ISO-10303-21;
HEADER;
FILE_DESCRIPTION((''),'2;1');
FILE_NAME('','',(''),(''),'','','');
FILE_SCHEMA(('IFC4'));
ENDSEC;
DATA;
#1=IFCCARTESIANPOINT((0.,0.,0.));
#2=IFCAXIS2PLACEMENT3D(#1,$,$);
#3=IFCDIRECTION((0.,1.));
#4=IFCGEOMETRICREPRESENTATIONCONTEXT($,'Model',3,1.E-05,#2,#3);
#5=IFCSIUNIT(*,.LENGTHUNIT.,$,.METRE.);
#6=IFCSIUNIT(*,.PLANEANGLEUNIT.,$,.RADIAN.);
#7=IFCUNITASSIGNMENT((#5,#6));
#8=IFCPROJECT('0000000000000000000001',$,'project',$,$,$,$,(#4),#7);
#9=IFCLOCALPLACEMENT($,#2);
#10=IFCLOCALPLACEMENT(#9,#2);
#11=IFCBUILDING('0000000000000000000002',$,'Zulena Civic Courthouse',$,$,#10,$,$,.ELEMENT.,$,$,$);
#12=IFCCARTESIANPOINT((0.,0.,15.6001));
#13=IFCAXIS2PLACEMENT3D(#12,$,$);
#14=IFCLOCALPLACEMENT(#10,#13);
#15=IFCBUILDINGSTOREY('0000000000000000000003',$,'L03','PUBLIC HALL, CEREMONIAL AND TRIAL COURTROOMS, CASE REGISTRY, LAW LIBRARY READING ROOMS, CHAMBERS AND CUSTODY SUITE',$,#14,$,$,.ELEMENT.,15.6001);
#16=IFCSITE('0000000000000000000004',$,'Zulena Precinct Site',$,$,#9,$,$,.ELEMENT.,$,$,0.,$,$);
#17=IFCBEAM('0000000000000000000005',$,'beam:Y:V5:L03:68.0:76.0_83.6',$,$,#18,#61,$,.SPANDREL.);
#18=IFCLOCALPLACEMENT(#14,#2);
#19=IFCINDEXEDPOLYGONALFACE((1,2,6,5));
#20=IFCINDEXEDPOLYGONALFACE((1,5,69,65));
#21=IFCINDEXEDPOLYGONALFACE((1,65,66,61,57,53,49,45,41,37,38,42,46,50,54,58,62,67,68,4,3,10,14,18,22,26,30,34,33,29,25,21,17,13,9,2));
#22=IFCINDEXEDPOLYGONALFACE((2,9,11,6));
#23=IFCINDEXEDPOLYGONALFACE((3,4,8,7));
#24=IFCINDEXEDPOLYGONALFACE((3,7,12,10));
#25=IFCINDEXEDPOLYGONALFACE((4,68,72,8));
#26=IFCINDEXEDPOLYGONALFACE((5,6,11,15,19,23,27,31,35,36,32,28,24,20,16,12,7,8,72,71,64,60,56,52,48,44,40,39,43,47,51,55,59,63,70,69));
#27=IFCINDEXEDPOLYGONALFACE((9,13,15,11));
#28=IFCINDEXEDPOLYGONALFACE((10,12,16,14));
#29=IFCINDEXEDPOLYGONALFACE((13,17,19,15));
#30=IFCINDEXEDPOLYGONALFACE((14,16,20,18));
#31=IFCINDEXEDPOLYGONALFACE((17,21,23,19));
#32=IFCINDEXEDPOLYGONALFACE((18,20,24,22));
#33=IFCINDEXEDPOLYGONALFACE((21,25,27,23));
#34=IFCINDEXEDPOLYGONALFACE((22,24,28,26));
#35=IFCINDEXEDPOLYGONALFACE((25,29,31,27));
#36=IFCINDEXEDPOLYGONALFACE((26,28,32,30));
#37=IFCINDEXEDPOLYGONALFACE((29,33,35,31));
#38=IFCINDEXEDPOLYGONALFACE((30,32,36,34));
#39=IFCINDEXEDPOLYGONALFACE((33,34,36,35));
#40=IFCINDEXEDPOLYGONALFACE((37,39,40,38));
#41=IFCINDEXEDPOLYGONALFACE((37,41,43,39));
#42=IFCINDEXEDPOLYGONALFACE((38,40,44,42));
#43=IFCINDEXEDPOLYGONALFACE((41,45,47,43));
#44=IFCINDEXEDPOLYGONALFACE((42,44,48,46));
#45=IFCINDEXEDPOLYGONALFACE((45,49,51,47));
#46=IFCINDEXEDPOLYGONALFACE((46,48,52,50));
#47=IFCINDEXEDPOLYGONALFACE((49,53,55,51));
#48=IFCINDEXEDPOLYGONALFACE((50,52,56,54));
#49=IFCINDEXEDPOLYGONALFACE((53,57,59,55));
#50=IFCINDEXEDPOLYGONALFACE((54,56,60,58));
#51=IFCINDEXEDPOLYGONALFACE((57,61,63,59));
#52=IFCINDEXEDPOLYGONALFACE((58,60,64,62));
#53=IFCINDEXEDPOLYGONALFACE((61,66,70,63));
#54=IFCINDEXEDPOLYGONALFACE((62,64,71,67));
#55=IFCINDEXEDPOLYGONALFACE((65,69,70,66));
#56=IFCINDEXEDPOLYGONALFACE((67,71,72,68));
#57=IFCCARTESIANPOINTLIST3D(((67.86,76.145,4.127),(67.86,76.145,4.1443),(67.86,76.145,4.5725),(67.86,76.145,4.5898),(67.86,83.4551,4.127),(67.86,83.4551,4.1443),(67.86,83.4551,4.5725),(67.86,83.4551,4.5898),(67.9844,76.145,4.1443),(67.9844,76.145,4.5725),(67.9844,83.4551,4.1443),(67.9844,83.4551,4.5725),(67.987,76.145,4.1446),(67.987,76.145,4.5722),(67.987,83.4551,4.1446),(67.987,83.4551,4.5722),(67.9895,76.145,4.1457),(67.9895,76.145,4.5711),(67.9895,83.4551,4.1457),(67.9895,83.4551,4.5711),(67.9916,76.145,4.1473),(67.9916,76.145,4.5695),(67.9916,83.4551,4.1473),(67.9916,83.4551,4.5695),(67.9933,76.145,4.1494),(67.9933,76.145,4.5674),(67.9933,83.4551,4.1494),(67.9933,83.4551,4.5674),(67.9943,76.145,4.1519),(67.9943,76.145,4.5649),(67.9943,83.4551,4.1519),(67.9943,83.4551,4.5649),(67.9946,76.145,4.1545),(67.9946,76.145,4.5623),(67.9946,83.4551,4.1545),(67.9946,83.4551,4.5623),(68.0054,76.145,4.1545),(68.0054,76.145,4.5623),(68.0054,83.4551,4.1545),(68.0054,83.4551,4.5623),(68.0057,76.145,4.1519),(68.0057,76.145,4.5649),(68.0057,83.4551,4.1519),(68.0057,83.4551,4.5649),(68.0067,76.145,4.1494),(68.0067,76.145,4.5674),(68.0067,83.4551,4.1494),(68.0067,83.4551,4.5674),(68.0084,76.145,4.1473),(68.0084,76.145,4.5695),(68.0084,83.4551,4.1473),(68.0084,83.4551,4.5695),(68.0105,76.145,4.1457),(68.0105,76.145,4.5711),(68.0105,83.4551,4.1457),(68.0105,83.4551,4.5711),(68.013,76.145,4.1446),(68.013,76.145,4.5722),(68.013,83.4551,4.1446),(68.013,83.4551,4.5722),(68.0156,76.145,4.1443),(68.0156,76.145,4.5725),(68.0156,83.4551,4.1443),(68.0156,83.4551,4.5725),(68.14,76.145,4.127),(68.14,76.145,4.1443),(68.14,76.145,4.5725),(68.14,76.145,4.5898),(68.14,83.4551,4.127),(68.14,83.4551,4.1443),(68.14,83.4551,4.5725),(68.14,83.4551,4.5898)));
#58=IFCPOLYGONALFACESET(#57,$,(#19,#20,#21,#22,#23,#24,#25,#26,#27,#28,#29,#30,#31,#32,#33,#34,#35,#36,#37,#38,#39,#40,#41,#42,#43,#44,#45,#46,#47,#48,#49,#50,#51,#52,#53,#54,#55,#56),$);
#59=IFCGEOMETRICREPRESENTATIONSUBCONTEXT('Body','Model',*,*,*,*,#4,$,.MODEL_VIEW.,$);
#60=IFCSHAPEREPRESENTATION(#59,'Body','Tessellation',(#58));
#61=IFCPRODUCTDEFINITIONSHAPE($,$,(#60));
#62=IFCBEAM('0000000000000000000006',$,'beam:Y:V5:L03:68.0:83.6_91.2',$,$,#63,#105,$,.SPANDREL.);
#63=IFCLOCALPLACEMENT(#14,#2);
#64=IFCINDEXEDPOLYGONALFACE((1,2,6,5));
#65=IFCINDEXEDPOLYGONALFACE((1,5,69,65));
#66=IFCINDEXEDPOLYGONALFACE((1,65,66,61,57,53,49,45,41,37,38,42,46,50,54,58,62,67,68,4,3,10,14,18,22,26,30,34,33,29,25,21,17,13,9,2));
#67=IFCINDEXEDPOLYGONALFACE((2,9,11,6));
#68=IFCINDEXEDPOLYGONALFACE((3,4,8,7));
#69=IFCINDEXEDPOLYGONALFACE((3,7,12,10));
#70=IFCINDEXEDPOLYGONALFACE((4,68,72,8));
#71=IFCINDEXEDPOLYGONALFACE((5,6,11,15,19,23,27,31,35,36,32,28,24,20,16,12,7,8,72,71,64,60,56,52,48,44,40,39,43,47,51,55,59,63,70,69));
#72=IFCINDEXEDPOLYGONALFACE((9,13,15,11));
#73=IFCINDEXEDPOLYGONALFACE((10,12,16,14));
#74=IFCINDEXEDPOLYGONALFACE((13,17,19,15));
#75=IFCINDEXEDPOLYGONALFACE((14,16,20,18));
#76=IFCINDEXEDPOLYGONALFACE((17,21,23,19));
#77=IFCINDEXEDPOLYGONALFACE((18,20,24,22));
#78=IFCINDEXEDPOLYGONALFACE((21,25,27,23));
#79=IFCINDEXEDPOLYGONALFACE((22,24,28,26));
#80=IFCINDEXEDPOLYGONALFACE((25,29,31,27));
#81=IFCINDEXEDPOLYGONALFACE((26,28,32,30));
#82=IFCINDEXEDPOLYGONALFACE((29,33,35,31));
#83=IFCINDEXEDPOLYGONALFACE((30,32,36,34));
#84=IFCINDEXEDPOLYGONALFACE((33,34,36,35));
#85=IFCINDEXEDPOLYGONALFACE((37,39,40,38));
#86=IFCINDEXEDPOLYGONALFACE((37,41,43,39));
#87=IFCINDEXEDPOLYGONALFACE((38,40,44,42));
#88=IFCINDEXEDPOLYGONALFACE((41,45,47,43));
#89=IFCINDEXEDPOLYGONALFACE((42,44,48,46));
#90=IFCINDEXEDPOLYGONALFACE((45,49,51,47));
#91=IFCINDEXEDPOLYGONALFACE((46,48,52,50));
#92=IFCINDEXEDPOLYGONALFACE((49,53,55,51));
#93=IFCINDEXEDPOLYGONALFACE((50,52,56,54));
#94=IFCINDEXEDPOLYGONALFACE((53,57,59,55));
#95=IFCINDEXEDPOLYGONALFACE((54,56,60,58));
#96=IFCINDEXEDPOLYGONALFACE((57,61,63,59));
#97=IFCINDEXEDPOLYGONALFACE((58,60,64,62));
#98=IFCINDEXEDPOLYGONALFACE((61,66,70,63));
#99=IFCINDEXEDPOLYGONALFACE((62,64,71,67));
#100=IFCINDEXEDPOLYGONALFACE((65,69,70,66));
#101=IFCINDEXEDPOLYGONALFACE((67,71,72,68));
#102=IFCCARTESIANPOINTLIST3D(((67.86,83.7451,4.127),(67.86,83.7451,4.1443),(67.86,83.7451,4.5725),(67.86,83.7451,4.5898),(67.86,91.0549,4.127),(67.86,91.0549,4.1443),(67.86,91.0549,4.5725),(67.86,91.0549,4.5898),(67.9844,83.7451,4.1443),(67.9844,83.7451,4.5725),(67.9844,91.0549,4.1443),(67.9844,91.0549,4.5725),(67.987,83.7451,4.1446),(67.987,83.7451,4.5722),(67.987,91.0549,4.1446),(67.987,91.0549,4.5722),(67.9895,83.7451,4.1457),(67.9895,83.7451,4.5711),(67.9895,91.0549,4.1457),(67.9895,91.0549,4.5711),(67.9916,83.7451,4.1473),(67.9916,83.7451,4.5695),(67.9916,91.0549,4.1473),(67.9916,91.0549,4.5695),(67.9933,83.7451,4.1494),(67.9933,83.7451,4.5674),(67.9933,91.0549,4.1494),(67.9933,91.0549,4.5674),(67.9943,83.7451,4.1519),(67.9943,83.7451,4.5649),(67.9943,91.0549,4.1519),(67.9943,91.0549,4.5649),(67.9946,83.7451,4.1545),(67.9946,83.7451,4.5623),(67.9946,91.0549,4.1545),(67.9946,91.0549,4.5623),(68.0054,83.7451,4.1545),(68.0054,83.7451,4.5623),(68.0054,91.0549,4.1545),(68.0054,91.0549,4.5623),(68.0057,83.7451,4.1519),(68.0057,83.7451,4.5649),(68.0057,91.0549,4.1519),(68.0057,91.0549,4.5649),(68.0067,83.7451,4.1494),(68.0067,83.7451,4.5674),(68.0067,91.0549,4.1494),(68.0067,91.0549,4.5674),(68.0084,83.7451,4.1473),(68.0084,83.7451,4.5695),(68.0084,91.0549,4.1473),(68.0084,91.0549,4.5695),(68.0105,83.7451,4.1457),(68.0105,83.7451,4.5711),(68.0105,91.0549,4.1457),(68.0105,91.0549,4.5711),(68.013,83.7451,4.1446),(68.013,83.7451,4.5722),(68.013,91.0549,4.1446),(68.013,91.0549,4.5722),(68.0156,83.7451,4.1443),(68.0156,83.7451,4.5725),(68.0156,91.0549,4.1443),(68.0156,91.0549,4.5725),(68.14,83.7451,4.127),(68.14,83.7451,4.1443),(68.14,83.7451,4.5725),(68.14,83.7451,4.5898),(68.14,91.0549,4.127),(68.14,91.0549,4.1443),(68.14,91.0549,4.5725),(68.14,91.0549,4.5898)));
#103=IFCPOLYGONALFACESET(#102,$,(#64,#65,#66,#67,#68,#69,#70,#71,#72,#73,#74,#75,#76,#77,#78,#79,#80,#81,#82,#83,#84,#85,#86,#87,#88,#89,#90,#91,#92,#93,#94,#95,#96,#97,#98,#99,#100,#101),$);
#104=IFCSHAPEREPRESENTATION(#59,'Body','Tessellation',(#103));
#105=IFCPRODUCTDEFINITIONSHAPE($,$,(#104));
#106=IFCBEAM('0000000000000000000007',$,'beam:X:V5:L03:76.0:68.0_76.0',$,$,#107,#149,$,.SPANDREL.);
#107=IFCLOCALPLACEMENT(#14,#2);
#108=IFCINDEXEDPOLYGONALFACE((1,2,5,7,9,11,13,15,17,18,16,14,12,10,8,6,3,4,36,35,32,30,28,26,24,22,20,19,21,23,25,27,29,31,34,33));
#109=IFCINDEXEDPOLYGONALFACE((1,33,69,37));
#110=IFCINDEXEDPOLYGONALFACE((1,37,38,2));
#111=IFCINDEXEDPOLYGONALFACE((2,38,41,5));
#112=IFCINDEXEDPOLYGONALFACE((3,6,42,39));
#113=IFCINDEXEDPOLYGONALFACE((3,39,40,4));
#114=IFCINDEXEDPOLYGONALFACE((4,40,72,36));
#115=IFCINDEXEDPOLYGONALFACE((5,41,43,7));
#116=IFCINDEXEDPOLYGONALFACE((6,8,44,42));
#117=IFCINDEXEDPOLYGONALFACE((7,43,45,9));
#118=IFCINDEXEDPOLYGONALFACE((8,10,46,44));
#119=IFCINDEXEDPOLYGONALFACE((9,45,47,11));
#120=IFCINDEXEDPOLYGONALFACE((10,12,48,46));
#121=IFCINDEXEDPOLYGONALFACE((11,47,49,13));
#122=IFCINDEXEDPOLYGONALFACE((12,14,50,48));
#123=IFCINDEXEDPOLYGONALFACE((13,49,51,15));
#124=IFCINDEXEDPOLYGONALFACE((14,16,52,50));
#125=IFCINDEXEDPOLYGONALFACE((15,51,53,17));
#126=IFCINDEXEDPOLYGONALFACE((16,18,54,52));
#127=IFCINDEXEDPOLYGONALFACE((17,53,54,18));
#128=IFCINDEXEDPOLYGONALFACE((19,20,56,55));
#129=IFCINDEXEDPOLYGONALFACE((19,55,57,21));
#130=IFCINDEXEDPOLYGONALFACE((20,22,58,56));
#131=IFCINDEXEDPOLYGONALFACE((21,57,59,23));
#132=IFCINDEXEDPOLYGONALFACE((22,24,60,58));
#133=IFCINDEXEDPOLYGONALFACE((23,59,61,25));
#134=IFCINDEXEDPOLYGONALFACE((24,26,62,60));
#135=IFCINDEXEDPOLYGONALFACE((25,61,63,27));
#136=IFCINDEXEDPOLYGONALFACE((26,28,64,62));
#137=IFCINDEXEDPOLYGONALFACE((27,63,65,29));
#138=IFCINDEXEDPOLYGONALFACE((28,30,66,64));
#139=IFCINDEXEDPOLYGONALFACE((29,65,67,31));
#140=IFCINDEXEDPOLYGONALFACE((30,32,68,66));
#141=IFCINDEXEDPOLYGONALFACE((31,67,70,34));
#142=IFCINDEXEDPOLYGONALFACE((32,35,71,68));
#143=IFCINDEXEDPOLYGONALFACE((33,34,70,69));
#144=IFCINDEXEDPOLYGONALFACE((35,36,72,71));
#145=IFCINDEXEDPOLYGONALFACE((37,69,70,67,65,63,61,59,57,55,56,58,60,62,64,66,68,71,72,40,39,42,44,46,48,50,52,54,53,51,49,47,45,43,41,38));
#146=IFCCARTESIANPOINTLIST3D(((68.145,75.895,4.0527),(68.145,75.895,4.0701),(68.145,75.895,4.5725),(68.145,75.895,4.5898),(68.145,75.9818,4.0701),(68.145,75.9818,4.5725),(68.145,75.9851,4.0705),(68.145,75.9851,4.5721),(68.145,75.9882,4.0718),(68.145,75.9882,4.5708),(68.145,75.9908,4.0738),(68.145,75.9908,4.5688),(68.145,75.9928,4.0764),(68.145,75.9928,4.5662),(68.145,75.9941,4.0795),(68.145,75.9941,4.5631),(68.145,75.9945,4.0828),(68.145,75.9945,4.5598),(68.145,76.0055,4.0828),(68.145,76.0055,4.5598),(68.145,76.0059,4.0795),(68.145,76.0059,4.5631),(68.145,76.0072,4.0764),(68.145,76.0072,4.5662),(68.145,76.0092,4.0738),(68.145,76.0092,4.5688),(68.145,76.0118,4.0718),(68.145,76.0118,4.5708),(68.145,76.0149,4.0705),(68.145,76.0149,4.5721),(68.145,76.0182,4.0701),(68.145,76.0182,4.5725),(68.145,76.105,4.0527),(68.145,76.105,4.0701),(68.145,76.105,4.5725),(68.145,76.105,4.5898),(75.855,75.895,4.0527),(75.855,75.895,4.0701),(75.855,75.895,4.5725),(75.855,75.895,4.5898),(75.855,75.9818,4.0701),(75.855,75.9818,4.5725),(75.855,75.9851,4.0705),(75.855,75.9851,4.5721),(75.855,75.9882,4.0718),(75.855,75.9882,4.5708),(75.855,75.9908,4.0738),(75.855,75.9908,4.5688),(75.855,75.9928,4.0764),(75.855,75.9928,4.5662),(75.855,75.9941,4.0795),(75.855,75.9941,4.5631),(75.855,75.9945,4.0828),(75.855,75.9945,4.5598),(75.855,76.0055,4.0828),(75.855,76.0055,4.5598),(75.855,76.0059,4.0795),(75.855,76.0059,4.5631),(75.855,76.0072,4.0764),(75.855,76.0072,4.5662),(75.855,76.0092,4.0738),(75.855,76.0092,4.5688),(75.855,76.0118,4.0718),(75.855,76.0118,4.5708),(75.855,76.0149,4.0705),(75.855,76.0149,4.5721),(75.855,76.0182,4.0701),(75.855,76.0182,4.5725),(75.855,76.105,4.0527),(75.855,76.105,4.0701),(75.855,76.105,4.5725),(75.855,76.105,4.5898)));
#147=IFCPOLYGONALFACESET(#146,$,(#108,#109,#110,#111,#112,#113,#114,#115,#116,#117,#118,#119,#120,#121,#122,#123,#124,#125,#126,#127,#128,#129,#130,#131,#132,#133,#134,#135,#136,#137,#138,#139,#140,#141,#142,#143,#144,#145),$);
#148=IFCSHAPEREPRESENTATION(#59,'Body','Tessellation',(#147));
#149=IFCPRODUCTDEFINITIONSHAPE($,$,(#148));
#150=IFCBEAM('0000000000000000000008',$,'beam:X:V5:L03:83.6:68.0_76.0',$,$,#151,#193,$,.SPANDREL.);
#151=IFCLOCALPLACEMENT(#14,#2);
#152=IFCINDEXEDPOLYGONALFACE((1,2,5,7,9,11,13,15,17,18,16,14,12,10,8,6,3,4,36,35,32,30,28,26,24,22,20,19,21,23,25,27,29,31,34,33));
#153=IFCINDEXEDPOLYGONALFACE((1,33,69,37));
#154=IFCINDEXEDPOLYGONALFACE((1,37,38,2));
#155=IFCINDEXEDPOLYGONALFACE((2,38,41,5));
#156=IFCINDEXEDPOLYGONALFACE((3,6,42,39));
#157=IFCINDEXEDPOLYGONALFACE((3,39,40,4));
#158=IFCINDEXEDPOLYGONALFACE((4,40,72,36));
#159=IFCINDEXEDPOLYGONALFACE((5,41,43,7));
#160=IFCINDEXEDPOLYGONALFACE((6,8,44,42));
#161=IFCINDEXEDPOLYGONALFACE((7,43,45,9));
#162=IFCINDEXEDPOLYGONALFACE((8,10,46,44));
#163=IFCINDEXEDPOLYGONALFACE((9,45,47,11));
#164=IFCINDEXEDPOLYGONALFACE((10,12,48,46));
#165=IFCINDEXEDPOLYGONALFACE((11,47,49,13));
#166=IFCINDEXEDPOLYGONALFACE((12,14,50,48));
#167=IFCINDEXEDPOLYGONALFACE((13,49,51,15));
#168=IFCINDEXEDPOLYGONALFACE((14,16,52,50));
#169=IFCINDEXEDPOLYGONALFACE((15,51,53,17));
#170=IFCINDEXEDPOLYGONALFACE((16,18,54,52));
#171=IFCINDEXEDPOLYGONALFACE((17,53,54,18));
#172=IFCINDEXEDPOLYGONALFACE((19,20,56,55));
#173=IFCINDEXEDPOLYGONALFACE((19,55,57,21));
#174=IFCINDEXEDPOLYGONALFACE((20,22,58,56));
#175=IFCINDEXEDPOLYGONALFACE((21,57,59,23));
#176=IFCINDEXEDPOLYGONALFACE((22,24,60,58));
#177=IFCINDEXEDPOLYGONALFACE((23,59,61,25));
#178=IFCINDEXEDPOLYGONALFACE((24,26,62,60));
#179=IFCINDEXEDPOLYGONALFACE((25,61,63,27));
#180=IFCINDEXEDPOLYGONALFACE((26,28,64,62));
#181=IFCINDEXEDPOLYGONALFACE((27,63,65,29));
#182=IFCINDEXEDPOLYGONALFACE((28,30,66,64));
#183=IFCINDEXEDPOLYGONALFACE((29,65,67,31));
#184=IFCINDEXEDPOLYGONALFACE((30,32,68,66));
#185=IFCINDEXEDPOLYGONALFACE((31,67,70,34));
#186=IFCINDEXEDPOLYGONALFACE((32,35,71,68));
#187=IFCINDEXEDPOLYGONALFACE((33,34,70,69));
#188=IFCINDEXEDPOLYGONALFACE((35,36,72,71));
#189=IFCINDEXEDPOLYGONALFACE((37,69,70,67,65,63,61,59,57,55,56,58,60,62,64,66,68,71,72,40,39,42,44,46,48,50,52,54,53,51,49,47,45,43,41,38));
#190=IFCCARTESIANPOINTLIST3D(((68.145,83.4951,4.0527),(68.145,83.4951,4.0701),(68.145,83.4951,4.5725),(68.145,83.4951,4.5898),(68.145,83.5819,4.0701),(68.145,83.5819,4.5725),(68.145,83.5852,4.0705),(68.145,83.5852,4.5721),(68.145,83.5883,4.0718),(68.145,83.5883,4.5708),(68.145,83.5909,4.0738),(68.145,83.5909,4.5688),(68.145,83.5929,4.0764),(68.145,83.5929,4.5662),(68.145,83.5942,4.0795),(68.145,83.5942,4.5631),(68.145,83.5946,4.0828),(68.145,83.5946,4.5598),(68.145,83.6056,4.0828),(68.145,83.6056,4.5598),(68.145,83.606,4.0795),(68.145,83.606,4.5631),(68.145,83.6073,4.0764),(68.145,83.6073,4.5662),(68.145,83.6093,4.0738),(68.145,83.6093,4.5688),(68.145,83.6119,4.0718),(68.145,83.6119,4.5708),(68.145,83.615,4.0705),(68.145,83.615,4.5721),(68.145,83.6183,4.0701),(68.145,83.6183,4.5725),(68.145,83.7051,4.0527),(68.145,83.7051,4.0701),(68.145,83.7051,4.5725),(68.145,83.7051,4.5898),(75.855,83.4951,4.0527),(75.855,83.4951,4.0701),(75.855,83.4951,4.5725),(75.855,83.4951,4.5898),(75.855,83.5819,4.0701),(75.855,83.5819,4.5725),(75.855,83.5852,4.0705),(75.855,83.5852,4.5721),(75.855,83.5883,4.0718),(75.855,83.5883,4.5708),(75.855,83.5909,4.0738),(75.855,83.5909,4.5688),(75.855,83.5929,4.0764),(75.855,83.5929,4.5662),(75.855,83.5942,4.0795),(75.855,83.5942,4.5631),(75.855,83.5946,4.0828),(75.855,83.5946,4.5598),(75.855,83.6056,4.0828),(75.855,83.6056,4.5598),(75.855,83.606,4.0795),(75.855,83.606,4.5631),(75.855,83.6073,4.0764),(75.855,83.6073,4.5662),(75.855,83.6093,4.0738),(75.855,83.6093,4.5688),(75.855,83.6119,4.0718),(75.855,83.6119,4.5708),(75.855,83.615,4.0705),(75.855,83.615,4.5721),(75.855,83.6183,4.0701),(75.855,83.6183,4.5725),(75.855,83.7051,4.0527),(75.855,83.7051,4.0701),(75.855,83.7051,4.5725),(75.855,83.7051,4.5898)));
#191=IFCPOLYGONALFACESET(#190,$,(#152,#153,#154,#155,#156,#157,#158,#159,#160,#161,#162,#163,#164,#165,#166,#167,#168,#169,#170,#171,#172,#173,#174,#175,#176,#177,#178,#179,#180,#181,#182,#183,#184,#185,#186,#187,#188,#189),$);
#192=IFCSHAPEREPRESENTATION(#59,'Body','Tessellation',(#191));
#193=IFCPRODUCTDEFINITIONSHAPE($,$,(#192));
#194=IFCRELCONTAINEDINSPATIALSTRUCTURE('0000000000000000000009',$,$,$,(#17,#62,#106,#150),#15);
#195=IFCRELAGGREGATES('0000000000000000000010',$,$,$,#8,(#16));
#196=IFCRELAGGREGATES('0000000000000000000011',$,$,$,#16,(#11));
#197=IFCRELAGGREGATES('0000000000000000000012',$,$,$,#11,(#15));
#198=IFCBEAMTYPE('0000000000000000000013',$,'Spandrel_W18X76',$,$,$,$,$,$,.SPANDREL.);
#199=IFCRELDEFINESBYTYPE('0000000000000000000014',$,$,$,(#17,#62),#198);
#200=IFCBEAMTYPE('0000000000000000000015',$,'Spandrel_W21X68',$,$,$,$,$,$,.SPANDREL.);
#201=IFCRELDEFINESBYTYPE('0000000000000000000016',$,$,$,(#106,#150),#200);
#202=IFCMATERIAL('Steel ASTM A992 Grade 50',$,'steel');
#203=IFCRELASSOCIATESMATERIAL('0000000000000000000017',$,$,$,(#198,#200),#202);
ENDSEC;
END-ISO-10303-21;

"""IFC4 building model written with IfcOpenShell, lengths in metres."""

from ifc_helpers import new_model, si_unit, direction, frame, origin, origin_2d, place, context, subcontext, project, spatial, i_section, extrude, material, material_profile, profile_set, type_object, element, save


model = new_model("IFC4")

# Units and contexts
model_context = context("Model", 3, precision=1e-05, world=origin(), true_north=direction((0.0, 1.0)))
body_context = subcontext(model_context, "Body", "Model", "MODEL_VIEW")
ifc_project = project(units=[si_unit("LENGTHUNIT", "METRE"), si_unit("PLANEANGLEUNIT", "RADIAN")], contexts=[model_context])

# Site, building, storey
site_placement = place(None, origin())
site = spatial("IfcSite", under=ifc_project, at=site_placement, Name="Zulena Precinct Site", CompositionType="ELEMENT", RefElevation=0.0)
building_placement = place(site_placement, origin())
building = spatial("IfcBuilding", under=site, at=building_placement, Name="Zulena Civic Courthouse", CompositionType="ELEMENT")
storey_placement = place(building_placement, frame((0.0, 0.0, 15.6001)))
storey = spatial("IfcBuildingStorey", under=building, at=storey_placement, Name="L03", Description="PUBLIC HALL, CEREMONIAL AND TRIAL COURTROOMS, CASE REGISTRY, LAW LIBRARY READING ROOMS, CHAMBERS AND CUSTODY SUITE", CompositionType="ELEMENT", Elevation=15.6001)

# Shared definitions
ifc_material_1 = material(Name="Steel ASTM A992 Grade 50", Category="steel")

# Beams
ifc_material_profile_1 = material_profile(ifc_material_1, i_section(OverallWidth=0.28, OverallDepth=0.4629, WebThickness=0.0107, FlangeThickness=0.0173, FilletRadius=0.0103, at=origin_2d()), Name="W18X76")
ifc_profile_set_1 = profile_set([ifc_material_profile_1], Name="Steel ASTM A992 Grade 50")
beam_type_1 = type_object("IfcBeamType", Name="Spandrel_W18X76", PredefinedType="SPANDREL", material=ifc_profile_set_1)
beam_1_placement = place(storey_placement, frame((68.0, 76.145, 4.3584), z_axis=(0.0, 1.0, 0.0), x_axis=(-1.0, 0.0, 0.0)))
element("IfcBeam", 1, at=beam_1_placement, inside=storey, type_object=beam_type_1, Name="beam:Y:V5:L03:68.0:76.0_83.6", PredefinedType="SPANDREL", context=body_context, shape_type="SweptSolid", body=[
    extrude(i_section(OverallWidth=0.28, OverallDepth=0.4629, WebThickness=0.0107, FlangeThickness=0.0173, FilletRadius=0.0103, at=origin_2d()), origin(), (0.0, 0.0, 1.0), 7.3101),
])
beam_2_placement = place(storey_placement, frame((68.0, 83.7451, 4.3584), z_axis=(0.0, 1.0, 0.0), x_axis=(-1.0, 0.0, 0.0)))
element("IfcBeam", 2, at=beam_2_placement, inside=storey, type_object=beam_type_1, Name="beam:Y:V5:L03:68.0:83.6_91.2", PredefinedType="SPANDREL", context=body_context, shape_type="SweptSolid", body=[
    extrude(i_section(OverallWidth=0.28, OverallDepth=0.4629, WebThickness=0.0107, FlangeThickness=0.0173, FilletRadius=0.0103, at=origin_2d()), origin(), (0.0, 0.0, 1.0), 7.3098),
])
ifc_material_profile_2 = material_profile(ifc_material_1, i_section(OverallWidth=0.21, OverallDepth=0.5371, WebThickness=0.011, FlangeThickness=0.0173, FilletRadius=0.0127, at=origin_2d()), Name="W21X68")
ifc_profile_set_2 = profile_set([ifc_material_profile_2], Name="Steel ASTM A992 Grade 50")
beam_type_2 = type_object("IfcBeamType", Name="Spandrel_W21X68", PredefinedType="SPANDREL", material=ifc_profile_set_2)
for number, where, z_axis, x_axis, name in (
    (3, (68.145, 76.0, 4.3213), (1.0, 0.0, 0.0), (0.0, 1.0, 0.0), "beam:X:V5:L03:76.0:68.0_76.0"),
    (4, (68.145, 83.6001, 4.3213), (1.0, 0.0, 0.0), (0.0, 1.0, 0.0), "beam:X:V5:L03:83.6:68.0_76.0"),
):
    element("IfcBeam", number, at=place(storey_placement, frame(where, z_axis=z_axis, x_axis=x_axis)), inside=storey, type_object=beam_type_2, Name=name, PredefinedType="SPANDREL", context=body_context, shape_type="SweptSolid", body=[
        extrude(i_section(OverallWidth=0.21, OverallDepth=0.5371, WebThickness=0.011, FlangeThickness=0.0173, FilletRadius=0.0127, at=origin_2d()), origin(), (0.0, 0.0, 1.0), 7.71),
    ])

save(model, "model.ifc")
